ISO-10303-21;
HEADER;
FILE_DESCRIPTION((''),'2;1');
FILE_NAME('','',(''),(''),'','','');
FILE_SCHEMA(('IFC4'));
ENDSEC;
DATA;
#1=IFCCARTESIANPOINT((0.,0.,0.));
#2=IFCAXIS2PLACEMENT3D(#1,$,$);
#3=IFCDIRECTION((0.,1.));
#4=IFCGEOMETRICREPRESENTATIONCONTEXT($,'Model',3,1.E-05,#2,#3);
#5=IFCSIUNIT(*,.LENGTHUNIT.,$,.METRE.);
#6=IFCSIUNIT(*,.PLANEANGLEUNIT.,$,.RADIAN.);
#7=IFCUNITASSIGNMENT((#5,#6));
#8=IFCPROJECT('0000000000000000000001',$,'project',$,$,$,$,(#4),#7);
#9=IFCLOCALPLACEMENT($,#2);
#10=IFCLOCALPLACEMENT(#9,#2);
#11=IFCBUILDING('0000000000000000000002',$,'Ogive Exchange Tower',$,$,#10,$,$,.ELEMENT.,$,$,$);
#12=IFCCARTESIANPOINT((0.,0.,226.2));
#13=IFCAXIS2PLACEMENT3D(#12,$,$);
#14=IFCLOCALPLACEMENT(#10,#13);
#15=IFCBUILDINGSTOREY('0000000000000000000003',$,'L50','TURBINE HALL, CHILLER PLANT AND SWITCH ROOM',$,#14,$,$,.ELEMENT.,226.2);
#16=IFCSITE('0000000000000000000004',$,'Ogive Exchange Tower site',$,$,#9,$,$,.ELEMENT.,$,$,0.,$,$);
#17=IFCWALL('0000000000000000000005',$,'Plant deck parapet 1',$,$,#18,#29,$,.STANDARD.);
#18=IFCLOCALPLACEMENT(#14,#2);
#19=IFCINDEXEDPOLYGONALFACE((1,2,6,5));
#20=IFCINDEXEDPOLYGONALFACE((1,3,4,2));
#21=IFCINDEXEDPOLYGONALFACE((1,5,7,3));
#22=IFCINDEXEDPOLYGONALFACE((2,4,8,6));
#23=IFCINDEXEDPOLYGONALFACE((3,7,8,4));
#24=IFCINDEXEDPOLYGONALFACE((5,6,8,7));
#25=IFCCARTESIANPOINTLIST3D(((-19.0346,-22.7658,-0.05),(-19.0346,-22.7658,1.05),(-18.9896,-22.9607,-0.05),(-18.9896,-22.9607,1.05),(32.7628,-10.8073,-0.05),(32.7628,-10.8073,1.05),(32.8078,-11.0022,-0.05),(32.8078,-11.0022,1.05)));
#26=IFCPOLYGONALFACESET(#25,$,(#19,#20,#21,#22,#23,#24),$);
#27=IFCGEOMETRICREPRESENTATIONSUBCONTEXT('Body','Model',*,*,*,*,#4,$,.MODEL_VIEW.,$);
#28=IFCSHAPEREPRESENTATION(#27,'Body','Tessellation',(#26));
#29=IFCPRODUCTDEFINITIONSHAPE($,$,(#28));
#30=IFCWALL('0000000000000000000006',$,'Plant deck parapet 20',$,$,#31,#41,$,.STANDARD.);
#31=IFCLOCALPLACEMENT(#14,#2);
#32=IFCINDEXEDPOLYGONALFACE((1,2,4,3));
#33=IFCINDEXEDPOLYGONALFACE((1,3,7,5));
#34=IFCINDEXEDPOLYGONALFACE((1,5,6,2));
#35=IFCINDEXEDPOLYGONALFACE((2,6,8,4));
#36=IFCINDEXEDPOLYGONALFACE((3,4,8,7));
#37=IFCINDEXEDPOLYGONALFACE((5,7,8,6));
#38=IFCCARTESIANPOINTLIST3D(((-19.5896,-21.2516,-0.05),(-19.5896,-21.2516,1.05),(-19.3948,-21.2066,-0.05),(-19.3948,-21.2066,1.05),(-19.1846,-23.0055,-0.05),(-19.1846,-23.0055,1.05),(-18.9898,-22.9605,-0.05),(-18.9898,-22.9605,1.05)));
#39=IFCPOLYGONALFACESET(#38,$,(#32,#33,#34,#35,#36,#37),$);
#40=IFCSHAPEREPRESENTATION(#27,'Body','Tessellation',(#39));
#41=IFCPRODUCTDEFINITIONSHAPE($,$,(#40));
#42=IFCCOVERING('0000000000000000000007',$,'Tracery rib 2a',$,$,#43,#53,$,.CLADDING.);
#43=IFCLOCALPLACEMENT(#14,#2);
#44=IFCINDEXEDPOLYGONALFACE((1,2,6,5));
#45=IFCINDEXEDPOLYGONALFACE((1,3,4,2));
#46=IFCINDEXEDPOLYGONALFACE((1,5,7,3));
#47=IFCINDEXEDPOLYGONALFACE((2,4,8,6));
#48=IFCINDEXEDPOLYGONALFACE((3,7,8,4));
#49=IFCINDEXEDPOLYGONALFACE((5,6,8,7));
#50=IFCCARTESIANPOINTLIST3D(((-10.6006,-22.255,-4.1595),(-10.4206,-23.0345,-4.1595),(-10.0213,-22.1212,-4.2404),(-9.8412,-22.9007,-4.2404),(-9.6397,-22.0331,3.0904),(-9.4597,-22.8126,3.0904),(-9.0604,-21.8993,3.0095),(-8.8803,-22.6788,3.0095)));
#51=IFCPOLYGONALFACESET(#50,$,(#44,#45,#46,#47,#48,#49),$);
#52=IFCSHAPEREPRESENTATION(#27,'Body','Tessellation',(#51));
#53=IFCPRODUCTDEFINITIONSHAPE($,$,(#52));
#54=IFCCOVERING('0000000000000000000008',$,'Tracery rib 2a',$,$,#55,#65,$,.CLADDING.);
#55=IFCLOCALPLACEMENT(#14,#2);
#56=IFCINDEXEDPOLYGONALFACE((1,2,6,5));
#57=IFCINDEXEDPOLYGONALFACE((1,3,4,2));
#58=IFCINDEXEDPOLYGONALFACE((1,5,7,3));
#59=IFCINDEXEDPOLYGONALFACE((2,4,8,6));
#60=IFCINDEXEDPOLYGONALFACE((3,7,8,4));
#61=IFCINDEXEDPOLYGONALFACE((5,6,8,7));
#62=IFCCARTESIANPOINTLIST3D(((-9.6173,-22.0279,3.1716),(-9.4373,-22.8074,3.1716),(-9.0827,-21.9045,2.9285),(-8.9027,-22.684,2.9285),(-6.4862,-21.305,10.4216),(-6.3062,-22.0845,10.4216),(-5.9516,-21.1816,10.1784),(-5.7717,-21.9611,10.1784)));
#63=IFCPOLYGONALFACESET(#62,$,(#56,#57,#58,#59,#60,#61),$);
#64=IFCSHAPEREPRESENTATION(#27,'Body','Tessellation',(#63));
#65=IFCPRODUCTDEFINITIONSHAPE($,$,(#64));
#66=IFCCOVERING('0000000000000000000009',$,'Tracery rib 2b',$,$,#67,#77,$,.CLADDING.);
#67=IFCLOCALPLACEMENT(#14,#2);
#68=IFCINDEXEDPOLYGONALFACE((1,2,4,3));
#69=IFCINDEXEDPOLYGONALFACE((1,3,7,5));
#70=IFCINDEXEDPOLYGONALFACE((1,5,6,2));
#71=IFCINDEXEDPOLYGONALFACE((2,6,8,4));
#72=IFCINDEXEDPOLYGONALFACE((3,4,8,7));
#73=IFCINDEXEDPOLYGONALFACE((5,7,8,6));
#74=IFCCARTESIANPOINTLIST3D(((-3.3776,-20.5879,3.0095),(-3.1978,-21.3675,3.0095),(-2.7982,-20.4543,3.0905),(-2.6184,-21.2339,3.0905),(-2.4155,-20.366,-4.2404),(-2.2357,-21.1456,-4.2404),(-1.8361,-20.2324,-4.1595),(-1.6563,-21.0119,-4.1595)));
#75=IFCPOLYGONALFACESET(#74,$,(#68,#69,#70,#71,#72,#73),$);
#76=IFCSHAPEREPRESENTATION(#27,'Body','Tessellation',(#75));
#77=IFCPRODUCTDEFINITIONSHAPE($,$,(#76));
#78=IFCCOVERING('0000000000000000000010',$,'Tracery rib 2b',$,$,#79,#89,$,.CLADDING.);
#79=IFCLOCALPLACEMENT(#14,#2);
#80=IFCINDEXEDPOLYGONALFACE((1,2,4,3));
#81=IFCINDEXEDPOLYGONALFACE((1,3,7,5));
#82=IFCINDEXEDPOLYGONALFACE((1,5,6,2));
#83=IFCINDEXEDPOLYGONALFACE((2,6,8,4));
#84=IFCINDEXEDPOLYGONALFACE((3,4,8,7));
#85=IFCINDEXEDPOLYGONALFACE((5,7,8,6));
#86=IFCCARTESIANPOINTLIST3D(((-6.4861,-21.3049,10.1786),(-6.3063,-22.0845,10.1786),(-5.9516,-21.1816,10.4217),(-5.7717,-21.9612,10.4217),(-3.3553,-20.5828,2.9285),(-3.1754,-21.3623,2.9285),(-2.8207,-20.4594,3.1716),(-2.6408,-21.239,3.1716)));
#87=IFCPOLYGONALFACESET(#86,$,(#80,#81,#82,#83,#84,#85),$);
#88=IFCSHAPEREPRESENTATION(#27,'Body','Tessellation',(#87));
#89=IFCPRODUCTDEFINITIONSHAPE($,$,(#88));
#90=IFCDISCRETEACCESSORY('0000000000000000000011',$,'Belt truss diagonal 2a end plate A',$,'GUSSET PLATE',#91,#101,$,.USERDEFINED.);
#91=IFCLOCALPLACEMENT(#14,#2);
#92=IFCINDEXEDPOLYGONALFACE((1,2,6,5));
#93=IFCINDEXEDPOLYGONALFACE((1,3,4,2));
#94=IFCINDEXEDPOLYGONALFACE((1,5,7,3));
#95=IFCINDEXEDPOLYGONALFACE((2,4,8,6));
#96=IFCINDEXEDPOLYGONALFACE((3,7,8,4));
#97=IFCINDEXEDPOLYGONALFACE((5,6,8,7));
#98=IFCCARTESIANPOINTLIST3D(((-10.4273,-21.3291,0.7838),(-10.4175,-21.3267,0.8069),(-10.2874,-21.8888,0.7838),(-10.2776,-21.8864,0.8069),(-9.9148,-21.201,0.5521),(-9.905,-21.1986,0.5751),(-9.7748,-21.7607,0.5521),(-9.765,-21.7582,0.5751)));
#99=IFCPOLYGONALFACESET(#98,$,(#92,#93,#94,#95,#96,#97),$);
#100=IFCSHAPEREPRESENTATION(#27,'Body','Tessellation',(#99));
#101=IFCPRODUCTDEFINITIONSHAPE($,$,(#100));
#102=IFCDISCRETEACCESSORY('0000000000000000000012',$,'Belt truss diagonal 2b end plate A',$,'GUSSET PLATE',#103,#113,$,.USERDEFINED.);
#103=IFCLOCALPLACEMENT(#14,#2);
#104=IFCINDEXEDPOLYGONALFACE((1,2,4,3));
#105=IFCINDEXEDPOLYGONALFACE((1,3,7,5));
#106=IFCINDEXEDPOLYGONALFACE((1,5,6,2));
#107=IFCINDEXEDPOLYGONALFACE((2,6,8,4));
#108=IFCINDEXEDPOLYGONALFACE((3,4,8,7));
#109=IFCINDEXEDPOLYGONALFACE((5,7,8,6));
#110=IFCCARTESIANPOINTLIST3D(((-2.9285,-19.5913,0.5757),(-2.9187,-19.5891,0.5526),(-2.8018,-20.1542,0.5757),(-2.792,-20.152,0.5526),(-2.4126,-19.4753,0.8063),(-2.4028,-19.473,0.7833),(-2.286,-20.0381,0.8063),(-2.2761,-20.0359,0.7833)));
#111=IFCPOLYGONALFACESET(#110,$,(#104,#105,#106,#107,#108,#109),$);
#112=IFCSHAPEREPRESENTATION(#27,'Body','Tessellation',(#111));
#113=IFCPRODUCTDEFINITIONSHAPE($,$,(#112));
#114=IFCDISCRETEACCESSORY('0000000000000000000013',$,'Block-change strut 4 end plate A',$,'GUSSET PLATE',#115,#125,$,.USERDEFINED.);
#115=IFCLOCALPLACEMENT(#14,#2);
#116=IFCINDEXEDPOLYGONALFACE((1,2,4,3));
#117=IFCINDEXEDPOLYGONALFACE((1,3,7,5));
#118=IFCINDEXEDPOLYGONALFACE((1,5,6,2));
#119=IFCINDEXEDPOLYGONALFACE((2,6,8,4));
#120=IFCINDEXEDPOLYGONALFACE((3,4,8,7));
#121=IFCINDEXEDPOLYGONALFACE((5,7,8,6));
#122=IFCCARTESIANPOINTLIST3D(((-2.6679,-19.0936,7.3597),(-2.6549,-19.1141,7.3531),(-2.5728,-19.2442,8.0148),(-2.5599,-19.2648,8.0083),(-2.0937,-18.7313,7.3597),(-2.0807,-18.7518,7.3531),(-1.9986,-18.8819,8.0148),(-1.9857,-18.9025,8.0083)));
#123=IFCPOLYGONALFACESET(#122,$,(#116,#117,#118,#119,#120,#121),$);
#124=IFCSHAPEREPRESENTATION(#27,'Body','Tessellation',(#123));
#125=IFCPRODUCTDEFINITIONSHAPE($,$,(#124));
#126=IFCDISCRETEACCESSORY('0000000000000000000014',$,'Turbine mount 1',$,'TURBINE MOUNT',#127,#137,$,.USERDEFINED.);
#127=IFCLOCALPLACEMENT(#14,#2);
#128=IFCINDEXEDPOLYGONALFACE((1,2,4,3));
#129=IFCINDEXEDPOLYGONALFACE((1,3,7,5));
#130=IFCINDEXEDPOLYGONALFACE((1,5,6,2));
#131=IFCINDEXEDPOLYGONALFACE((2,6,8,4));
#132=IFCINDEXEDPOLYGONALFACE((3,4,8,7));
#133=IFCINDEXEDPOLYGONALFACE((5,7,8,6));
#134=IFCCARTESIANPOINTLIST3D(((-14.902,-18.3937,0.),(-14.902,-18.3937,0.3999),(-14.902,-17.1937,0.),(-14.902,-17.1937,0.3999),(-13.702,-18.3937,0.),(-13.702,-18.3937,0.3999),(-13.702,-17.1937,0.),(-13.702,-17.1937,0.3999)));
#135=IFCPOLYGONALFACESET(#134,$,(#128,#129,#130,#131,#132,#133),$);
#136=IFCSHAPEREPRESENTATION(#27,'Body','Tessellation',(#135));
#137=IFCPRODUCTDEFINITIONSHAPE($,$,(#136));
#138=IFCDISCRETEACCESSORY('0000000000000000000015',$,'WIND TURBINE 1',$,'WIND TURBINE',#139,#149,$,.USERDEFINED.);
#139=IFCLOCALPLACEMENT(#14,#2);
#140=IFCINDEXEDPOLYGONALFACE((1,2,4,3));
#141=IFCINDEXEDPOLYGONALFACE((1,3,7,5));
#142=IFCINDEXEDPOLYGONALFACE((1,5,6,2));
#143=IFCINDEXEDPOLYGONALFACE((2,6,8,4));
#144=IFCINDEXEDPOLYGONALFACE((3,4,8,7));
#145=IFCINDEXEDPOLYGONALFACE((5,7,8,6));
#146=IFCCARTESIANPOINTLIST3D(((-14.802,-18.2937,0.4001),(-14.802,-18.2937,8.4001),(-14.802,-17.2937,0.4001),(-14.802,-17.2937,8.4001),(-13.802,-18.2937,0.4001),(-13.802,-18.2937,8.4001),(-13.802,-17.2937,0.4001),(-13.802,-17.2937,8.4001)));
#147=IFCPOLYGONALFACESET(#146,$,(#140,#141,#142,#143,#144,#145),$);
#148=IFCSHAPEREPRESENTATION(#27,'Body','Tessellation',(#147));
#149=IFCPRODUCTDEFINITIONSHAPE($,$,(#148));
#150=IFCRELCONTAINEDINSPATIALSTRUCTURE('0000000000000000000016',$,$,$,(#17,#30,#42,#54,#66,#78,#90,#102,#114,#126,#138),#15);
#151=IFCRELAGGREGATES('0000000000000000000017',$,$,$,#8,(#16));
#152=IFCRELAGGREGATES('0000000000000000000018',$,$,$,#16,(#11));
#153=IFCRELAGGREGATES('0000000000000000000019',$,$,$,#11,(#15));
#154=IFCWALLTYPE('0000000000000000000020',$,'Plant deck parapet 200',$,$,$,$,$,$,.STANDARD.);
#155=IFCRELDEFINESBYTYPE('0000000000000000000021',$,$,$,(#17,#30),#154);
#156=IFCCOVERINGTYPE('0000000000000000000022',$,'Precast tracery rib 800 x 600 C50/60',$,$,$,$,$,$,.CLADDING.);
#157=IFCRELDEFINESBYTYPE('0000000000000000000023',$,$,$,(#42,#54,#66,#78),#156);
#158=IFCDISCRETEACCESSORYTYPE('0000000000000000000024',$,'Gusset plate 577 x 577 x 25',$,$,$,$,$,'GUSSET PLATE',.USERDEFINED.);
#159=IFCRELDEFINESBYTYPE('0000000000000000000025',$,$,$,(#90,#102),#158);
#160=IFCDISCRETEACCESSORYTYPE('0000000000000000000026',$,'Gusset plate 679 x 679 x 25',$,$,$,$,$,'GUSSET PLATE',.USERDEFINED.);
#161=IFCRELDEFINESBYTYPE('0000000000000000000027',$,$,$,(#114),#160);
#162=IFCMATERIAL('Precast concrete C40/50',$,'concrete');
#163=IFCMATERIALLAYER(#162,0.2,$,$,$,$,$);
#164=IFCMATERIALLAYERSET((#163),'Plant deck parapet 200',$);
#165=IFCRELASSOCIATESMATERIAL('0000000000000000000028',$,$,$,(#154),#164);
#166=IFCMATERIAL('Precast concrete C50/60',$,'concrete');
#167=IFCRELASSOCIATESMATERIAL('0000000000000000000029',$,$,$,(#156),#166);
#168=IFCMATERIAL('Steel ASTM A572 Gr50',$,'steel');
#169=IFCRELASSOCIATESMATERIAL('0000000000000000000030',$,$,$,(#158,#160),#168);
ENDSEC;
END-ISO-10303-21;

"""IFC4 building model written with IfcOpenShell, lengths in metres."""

from ifc_helpers import new_model, si_unit, direction, frame, frame_2d, origin, origin_2d, place, context, subcontext, project, spatial, rectangle, extrude, material, layer, layer_set, material_profile, profile_set, type_object, element, save


model = new_model("IFC4")

# Units and contexts
model_context = context("Model", 3, precision=1e-05, world=origin(), true_north=direction((0.0, 1.0)))
body_context = subcontext(model_context, "Body", "Model", "MODEL_VIEW")
ifc_project = project(units=[si_unit("LENGTHUNIT", "METRE"), si_unit("PLANEANGLEUNIT", "RADIAN")], contexts=[model_context])

# Site, building, storey
site_placement = place(None, origin())
site = spatial("IfcSite", under=ifc_project, at=site_placement, Name="Ogive Exchange Tower site", CompositionType="ELEMENT", RefElevation=0.0)
building_placement = place(site_placement, origin())
building = spatial("IfcBuilding", under=site, at=building_placement, Name="Ogive Exchange Tower", CompositionType="ELEMENT")
storey_placement = place(building_placement, frame((0.0, 0.0, 226.2)))
storey = spatial("IfcBuildingStorey", under=building, at=storey_placement, Name="L50", Description="TURBINE HALL, CHILLER PLANT AND SWITCH ROOM", CompositionType="ELEMENT", Elevation=226.2)

# Shared definitions
ifc_material_1 = material(Name="Precast concrete C40/50", Category="concrete")

# Walls
ifc_layer_1 = layer(ifc_material_1, 0.2)
ifc_layer_set_1 = layer_set([ifc_layer_1], Name="Plant deck parapet 200")
wall_type_1 = type_object("IfcWallType", Name="Plant deck parapet 200", PredefinedType="STANDARD", material=ifc_layer_set_1)
wall_1_placement = place(storey_placement, frame((-19.0122, -22.8633, -0.05), z_axis=(0.0, 0.0, 1.0), x_axis=(0.97437, 0.224953, 0.0)))
element("IfcWall", 1, at=wall_1_placement, inside=storey, type_object=wall_type_1, Name="Plant deck parapet 1", PredefinedType="STANDARD", context=body_context, shape_type="SweptSolid", body=[
    extrude(rectangle(XDim=53.1599, YDim=0.2, at=frame_2d((26.5801, 0.0))), origin(), (0.0, 0.0, 1.0), 1.1001),
])
wall_2_placement = place(storey_placement, frame((-19.4922, -21.2292, -0.05), z_axis=(0.0, 0.0, 1.0), x_axis=(0.225008, -0.974357, 0.0)))
element("IfcWall", 2, at=wall_2_placement, inside=storey, type_object=wall_type_1, Name="Plant deck parapet 20", PredefinedType="STANDARD", context=body_context, shape_type="SweptSolid", body=[
    extrude(rectangle(XDim=1.8, YDim=0.2, at=frame_2d((0.8999, 0.0))), origin(), (0.0, 0.0, 1.0), 1.1001),
])

# Coverings
ifc_material_2 = material(Name="Precast concrete C50/60", Category="concrete")
ifc_material_profile_1 = material_profile(ifc_material_2, rectangle(XDim=0.8, YDim=0.6001, at=origin_2d()), Name="RIB 800 x 600")
ifc_profile_set_1 = profile_set([ifc_material_profile_1], Name="Precast concrete C50/60")
covering_type = type_object("IfcCoveringType", Name="Precast tracery rib 800 x 600 C50/60", PredefinedType="CLADDING", material=ifc_profile_set_1)
covering_1_placement = place(storey_placement, frame((-10.2209, -22.5779, -4.2), z_axis=(0.131334, 0.030331, 0.990874), x_axis=(-0.225022, 0.974354, 0.0)))
element("IfcCovering", 3, at=covering_1_placement, inside=storey, type_object=covering_type, Name="Tracery rib 2a", PredefinedType="CLADDING", context=body_context, shape_type="SweptSolid", body=[
    extrude(rectangle(XDim=0.8, YDim=0.6001, at=origin_2d()), origin(), (0.0, 0.0, 1.0), 7.3167),
])
covering_2_placement = place(storey_placement, frame((-9.26, -22.356, 3.05), z_axis=(0.39483, 0.091157, 0.914221), x_axis=(-0.224959, 0.974368, 0.0)))
element("IfcCovering", 4, at=covering_2_placement, inside=storey, type_object=covering_type, Name="Tracery rib 2a", PredefinedType="CLADDING", context=body_context, shape_type="SweptSolid", body=[
    extrude(rectangle(XDim=0.8, YDim=0.6001, at=origin_2d()), origin(), (0.0, 0.0, 1.0), 7.9302),
])
covering_3_placement = place(storey_placement, frame((-2.0359, -20.689, -4.2), z_axis=(-0.131497, -0.03033, 0.990852), x_axis=(0.224751, -0.974416, 0.0)))
element("IfcCovering", 5, at=covering_3_placement, inside=storey, type_object=covering_type, Name="Tracery rib 2b", PredefinedType="CLADDING", context=body_context, shape_type="SweptSolid", body=[
    extrude(rectangle(XDim=0.8, YDim=0.6001, at=origin_2d()), origin(), (0.0, 0.0, 1.0), 7.3169),
])
covering_4_placement = place(storey_placement, frame((-2.998, -20.9109, 3.05), z_axis=(-0.394808, -0.091067, 0.914239), x_axis=(0.22476, -0.974414, 0.0)))
element("IfcCovering", 6, at=covering_4_placement, inside=storey, type_object=covering_type, Name="Tracery rib 2b", PredefinedType="CLADDING", context=body_context, shape_type="SweptSolid", body=[
    extrude(rectangle(XDim=0.8, YDim=0.6001, at=origin_2d()), origin(), (0.0, 0.0, 1.0), 7.9302),
])

# Discrete accessories
ifc_material_3 = material(Name="Steel ASTM A572 Gr50", Category="steel")
ifc_material_profile_2 = material_profile(ifc_material_3, rectangle(XDim=0.5769, YDim=0.5769, at=origin_2d()), Name="PL 577 x 577 x 25")
ifc_profile_set_2 = profile_set([ifc_material_profile_2], Name="Steel ASTM A572 Gr50")
discrete_accessory_type_1 = type_object("IfcDiscreteAccessoryType", Name="Gusset plate 577 x 577 x 25", ElementType="GUSSET PLATE", PredefinedType="USERDEFINED", material=ifc_profile_set_2)
for number, where, z_axis, x_axis, name in (
    (7, (-10.1011, -21.5449, 0.668), (0.389693, 0.097423, 0.915778), (-0.242536, 0.970143, 0.0), "Belt truss diagonal 2a end plate A"),
    (8, (-2.5974, -19.8125, 0.668), (-0.390044, -0.08776, 0.916604), (0.219512, -0.97561, 0.0), "Belt truss diagonal 2b end plate A"),
):
    element("IfcDiscreteAccessory", number, at=place(storey_placement, frame(where, z_axis=z_axis, x_axis=x_axis)), inside=storey, type_object=discrete_accessory_type_1, Name=name, ObjectType="GUSSET PLATE", PredefinedType="USERDEFINED", context=body_context, shape_type="SweptSolid", body=[
        extrude(rectangle(XDim=0.5769, YDim=0.5769, at=origin_2d()), origin(), (0.0, 0.0, 1.0), 0.0251),
    ])
ifc_material_profile_3 = material_profile(ifc_material_3, rectangle(XDim=0.679, YDim=0.679, at=origin_2d()), Name="PL 679 x 679 x 25")
ifc_profile_set_3 = profile_set([ifc_material_profile_3], Name="Steel ASTM A572 Gr50")
discrete_accessory_type_2 = type_object("IfcDiscreteAccessoryType", Name="Gusset plate 679 x 679 x 25", ElementType="GUSSET PLATE", PredefinedType="USERDEFINED", material=ifc_profile_set_3)
discrete_accessory_1_placement = place(storey_placement, frame((-2.3203, -19.0083, 7.6807), z_axis=(-0.514927, 0.816111, 0.262321), x_axis=(-0.845728, -0.533614, 0.0)))
element("IfcDiscreteAccessory", 9, at=discrete_accessory_1_placement, inside=storey, type_object=discrete_accessory_type_2, Name="Block-change strut 4 end plate A", ObjectType="GUSSET PLATE", PredefinedType="USERDEFINED", context=body_context, shape_type="SweptSolid", body=[
    extrude(rectangle(XDim=0.679, YDim=0.679, at=origin_2d()), origin(), (0.0, 0.0, 1.0), 0.0251),
])
discrete_accessory_2_placement = place(storey_placement, frame((-14.302, -17.7937, 0.0), z_axis=(0.0, 0.0, 1.0), x_axis=(1.0, 0.0, 0.0)))
element("IfcDiscreteAccessory", 10, at=discrete_accessory_2_placement, inside=storey, Name="Turbine mount 1", ObjectType="TURBINE MOUNT", PredefinedType="USERDEFINED", context=body_context, shape_type="SweptSolid", body=[
    extrude(rectangle(XDim=1.2, YDim=1.2, at=origin_2d()), origin(), (0.0, 0.0, 1.0), 0.3999),
])
discrete_accessory_3_placement = place(storey_placement, frame((-14.302, -17.7937, 0.4001), z_axis=(0.0, 0.0, 1.0), x_axis=(1.0, 0.0, 0.0)))
element("IfcDiscreteAccessory", 11, at=discrete_accessory_3_placement, inside=storey, Name="WIND TURBINE 1", ObjectType="WIND TURBINE", PredefinedType="USERDEFINED", context=body_context, shape_type="SweptSolid", body=[
    extrude(rectangle(XDim=1.0, YDim=1.0, at=origin_2d()), origin(), (0.0, 0.0, 1.0), 8.0),
])

save(model, "model.ifc")
